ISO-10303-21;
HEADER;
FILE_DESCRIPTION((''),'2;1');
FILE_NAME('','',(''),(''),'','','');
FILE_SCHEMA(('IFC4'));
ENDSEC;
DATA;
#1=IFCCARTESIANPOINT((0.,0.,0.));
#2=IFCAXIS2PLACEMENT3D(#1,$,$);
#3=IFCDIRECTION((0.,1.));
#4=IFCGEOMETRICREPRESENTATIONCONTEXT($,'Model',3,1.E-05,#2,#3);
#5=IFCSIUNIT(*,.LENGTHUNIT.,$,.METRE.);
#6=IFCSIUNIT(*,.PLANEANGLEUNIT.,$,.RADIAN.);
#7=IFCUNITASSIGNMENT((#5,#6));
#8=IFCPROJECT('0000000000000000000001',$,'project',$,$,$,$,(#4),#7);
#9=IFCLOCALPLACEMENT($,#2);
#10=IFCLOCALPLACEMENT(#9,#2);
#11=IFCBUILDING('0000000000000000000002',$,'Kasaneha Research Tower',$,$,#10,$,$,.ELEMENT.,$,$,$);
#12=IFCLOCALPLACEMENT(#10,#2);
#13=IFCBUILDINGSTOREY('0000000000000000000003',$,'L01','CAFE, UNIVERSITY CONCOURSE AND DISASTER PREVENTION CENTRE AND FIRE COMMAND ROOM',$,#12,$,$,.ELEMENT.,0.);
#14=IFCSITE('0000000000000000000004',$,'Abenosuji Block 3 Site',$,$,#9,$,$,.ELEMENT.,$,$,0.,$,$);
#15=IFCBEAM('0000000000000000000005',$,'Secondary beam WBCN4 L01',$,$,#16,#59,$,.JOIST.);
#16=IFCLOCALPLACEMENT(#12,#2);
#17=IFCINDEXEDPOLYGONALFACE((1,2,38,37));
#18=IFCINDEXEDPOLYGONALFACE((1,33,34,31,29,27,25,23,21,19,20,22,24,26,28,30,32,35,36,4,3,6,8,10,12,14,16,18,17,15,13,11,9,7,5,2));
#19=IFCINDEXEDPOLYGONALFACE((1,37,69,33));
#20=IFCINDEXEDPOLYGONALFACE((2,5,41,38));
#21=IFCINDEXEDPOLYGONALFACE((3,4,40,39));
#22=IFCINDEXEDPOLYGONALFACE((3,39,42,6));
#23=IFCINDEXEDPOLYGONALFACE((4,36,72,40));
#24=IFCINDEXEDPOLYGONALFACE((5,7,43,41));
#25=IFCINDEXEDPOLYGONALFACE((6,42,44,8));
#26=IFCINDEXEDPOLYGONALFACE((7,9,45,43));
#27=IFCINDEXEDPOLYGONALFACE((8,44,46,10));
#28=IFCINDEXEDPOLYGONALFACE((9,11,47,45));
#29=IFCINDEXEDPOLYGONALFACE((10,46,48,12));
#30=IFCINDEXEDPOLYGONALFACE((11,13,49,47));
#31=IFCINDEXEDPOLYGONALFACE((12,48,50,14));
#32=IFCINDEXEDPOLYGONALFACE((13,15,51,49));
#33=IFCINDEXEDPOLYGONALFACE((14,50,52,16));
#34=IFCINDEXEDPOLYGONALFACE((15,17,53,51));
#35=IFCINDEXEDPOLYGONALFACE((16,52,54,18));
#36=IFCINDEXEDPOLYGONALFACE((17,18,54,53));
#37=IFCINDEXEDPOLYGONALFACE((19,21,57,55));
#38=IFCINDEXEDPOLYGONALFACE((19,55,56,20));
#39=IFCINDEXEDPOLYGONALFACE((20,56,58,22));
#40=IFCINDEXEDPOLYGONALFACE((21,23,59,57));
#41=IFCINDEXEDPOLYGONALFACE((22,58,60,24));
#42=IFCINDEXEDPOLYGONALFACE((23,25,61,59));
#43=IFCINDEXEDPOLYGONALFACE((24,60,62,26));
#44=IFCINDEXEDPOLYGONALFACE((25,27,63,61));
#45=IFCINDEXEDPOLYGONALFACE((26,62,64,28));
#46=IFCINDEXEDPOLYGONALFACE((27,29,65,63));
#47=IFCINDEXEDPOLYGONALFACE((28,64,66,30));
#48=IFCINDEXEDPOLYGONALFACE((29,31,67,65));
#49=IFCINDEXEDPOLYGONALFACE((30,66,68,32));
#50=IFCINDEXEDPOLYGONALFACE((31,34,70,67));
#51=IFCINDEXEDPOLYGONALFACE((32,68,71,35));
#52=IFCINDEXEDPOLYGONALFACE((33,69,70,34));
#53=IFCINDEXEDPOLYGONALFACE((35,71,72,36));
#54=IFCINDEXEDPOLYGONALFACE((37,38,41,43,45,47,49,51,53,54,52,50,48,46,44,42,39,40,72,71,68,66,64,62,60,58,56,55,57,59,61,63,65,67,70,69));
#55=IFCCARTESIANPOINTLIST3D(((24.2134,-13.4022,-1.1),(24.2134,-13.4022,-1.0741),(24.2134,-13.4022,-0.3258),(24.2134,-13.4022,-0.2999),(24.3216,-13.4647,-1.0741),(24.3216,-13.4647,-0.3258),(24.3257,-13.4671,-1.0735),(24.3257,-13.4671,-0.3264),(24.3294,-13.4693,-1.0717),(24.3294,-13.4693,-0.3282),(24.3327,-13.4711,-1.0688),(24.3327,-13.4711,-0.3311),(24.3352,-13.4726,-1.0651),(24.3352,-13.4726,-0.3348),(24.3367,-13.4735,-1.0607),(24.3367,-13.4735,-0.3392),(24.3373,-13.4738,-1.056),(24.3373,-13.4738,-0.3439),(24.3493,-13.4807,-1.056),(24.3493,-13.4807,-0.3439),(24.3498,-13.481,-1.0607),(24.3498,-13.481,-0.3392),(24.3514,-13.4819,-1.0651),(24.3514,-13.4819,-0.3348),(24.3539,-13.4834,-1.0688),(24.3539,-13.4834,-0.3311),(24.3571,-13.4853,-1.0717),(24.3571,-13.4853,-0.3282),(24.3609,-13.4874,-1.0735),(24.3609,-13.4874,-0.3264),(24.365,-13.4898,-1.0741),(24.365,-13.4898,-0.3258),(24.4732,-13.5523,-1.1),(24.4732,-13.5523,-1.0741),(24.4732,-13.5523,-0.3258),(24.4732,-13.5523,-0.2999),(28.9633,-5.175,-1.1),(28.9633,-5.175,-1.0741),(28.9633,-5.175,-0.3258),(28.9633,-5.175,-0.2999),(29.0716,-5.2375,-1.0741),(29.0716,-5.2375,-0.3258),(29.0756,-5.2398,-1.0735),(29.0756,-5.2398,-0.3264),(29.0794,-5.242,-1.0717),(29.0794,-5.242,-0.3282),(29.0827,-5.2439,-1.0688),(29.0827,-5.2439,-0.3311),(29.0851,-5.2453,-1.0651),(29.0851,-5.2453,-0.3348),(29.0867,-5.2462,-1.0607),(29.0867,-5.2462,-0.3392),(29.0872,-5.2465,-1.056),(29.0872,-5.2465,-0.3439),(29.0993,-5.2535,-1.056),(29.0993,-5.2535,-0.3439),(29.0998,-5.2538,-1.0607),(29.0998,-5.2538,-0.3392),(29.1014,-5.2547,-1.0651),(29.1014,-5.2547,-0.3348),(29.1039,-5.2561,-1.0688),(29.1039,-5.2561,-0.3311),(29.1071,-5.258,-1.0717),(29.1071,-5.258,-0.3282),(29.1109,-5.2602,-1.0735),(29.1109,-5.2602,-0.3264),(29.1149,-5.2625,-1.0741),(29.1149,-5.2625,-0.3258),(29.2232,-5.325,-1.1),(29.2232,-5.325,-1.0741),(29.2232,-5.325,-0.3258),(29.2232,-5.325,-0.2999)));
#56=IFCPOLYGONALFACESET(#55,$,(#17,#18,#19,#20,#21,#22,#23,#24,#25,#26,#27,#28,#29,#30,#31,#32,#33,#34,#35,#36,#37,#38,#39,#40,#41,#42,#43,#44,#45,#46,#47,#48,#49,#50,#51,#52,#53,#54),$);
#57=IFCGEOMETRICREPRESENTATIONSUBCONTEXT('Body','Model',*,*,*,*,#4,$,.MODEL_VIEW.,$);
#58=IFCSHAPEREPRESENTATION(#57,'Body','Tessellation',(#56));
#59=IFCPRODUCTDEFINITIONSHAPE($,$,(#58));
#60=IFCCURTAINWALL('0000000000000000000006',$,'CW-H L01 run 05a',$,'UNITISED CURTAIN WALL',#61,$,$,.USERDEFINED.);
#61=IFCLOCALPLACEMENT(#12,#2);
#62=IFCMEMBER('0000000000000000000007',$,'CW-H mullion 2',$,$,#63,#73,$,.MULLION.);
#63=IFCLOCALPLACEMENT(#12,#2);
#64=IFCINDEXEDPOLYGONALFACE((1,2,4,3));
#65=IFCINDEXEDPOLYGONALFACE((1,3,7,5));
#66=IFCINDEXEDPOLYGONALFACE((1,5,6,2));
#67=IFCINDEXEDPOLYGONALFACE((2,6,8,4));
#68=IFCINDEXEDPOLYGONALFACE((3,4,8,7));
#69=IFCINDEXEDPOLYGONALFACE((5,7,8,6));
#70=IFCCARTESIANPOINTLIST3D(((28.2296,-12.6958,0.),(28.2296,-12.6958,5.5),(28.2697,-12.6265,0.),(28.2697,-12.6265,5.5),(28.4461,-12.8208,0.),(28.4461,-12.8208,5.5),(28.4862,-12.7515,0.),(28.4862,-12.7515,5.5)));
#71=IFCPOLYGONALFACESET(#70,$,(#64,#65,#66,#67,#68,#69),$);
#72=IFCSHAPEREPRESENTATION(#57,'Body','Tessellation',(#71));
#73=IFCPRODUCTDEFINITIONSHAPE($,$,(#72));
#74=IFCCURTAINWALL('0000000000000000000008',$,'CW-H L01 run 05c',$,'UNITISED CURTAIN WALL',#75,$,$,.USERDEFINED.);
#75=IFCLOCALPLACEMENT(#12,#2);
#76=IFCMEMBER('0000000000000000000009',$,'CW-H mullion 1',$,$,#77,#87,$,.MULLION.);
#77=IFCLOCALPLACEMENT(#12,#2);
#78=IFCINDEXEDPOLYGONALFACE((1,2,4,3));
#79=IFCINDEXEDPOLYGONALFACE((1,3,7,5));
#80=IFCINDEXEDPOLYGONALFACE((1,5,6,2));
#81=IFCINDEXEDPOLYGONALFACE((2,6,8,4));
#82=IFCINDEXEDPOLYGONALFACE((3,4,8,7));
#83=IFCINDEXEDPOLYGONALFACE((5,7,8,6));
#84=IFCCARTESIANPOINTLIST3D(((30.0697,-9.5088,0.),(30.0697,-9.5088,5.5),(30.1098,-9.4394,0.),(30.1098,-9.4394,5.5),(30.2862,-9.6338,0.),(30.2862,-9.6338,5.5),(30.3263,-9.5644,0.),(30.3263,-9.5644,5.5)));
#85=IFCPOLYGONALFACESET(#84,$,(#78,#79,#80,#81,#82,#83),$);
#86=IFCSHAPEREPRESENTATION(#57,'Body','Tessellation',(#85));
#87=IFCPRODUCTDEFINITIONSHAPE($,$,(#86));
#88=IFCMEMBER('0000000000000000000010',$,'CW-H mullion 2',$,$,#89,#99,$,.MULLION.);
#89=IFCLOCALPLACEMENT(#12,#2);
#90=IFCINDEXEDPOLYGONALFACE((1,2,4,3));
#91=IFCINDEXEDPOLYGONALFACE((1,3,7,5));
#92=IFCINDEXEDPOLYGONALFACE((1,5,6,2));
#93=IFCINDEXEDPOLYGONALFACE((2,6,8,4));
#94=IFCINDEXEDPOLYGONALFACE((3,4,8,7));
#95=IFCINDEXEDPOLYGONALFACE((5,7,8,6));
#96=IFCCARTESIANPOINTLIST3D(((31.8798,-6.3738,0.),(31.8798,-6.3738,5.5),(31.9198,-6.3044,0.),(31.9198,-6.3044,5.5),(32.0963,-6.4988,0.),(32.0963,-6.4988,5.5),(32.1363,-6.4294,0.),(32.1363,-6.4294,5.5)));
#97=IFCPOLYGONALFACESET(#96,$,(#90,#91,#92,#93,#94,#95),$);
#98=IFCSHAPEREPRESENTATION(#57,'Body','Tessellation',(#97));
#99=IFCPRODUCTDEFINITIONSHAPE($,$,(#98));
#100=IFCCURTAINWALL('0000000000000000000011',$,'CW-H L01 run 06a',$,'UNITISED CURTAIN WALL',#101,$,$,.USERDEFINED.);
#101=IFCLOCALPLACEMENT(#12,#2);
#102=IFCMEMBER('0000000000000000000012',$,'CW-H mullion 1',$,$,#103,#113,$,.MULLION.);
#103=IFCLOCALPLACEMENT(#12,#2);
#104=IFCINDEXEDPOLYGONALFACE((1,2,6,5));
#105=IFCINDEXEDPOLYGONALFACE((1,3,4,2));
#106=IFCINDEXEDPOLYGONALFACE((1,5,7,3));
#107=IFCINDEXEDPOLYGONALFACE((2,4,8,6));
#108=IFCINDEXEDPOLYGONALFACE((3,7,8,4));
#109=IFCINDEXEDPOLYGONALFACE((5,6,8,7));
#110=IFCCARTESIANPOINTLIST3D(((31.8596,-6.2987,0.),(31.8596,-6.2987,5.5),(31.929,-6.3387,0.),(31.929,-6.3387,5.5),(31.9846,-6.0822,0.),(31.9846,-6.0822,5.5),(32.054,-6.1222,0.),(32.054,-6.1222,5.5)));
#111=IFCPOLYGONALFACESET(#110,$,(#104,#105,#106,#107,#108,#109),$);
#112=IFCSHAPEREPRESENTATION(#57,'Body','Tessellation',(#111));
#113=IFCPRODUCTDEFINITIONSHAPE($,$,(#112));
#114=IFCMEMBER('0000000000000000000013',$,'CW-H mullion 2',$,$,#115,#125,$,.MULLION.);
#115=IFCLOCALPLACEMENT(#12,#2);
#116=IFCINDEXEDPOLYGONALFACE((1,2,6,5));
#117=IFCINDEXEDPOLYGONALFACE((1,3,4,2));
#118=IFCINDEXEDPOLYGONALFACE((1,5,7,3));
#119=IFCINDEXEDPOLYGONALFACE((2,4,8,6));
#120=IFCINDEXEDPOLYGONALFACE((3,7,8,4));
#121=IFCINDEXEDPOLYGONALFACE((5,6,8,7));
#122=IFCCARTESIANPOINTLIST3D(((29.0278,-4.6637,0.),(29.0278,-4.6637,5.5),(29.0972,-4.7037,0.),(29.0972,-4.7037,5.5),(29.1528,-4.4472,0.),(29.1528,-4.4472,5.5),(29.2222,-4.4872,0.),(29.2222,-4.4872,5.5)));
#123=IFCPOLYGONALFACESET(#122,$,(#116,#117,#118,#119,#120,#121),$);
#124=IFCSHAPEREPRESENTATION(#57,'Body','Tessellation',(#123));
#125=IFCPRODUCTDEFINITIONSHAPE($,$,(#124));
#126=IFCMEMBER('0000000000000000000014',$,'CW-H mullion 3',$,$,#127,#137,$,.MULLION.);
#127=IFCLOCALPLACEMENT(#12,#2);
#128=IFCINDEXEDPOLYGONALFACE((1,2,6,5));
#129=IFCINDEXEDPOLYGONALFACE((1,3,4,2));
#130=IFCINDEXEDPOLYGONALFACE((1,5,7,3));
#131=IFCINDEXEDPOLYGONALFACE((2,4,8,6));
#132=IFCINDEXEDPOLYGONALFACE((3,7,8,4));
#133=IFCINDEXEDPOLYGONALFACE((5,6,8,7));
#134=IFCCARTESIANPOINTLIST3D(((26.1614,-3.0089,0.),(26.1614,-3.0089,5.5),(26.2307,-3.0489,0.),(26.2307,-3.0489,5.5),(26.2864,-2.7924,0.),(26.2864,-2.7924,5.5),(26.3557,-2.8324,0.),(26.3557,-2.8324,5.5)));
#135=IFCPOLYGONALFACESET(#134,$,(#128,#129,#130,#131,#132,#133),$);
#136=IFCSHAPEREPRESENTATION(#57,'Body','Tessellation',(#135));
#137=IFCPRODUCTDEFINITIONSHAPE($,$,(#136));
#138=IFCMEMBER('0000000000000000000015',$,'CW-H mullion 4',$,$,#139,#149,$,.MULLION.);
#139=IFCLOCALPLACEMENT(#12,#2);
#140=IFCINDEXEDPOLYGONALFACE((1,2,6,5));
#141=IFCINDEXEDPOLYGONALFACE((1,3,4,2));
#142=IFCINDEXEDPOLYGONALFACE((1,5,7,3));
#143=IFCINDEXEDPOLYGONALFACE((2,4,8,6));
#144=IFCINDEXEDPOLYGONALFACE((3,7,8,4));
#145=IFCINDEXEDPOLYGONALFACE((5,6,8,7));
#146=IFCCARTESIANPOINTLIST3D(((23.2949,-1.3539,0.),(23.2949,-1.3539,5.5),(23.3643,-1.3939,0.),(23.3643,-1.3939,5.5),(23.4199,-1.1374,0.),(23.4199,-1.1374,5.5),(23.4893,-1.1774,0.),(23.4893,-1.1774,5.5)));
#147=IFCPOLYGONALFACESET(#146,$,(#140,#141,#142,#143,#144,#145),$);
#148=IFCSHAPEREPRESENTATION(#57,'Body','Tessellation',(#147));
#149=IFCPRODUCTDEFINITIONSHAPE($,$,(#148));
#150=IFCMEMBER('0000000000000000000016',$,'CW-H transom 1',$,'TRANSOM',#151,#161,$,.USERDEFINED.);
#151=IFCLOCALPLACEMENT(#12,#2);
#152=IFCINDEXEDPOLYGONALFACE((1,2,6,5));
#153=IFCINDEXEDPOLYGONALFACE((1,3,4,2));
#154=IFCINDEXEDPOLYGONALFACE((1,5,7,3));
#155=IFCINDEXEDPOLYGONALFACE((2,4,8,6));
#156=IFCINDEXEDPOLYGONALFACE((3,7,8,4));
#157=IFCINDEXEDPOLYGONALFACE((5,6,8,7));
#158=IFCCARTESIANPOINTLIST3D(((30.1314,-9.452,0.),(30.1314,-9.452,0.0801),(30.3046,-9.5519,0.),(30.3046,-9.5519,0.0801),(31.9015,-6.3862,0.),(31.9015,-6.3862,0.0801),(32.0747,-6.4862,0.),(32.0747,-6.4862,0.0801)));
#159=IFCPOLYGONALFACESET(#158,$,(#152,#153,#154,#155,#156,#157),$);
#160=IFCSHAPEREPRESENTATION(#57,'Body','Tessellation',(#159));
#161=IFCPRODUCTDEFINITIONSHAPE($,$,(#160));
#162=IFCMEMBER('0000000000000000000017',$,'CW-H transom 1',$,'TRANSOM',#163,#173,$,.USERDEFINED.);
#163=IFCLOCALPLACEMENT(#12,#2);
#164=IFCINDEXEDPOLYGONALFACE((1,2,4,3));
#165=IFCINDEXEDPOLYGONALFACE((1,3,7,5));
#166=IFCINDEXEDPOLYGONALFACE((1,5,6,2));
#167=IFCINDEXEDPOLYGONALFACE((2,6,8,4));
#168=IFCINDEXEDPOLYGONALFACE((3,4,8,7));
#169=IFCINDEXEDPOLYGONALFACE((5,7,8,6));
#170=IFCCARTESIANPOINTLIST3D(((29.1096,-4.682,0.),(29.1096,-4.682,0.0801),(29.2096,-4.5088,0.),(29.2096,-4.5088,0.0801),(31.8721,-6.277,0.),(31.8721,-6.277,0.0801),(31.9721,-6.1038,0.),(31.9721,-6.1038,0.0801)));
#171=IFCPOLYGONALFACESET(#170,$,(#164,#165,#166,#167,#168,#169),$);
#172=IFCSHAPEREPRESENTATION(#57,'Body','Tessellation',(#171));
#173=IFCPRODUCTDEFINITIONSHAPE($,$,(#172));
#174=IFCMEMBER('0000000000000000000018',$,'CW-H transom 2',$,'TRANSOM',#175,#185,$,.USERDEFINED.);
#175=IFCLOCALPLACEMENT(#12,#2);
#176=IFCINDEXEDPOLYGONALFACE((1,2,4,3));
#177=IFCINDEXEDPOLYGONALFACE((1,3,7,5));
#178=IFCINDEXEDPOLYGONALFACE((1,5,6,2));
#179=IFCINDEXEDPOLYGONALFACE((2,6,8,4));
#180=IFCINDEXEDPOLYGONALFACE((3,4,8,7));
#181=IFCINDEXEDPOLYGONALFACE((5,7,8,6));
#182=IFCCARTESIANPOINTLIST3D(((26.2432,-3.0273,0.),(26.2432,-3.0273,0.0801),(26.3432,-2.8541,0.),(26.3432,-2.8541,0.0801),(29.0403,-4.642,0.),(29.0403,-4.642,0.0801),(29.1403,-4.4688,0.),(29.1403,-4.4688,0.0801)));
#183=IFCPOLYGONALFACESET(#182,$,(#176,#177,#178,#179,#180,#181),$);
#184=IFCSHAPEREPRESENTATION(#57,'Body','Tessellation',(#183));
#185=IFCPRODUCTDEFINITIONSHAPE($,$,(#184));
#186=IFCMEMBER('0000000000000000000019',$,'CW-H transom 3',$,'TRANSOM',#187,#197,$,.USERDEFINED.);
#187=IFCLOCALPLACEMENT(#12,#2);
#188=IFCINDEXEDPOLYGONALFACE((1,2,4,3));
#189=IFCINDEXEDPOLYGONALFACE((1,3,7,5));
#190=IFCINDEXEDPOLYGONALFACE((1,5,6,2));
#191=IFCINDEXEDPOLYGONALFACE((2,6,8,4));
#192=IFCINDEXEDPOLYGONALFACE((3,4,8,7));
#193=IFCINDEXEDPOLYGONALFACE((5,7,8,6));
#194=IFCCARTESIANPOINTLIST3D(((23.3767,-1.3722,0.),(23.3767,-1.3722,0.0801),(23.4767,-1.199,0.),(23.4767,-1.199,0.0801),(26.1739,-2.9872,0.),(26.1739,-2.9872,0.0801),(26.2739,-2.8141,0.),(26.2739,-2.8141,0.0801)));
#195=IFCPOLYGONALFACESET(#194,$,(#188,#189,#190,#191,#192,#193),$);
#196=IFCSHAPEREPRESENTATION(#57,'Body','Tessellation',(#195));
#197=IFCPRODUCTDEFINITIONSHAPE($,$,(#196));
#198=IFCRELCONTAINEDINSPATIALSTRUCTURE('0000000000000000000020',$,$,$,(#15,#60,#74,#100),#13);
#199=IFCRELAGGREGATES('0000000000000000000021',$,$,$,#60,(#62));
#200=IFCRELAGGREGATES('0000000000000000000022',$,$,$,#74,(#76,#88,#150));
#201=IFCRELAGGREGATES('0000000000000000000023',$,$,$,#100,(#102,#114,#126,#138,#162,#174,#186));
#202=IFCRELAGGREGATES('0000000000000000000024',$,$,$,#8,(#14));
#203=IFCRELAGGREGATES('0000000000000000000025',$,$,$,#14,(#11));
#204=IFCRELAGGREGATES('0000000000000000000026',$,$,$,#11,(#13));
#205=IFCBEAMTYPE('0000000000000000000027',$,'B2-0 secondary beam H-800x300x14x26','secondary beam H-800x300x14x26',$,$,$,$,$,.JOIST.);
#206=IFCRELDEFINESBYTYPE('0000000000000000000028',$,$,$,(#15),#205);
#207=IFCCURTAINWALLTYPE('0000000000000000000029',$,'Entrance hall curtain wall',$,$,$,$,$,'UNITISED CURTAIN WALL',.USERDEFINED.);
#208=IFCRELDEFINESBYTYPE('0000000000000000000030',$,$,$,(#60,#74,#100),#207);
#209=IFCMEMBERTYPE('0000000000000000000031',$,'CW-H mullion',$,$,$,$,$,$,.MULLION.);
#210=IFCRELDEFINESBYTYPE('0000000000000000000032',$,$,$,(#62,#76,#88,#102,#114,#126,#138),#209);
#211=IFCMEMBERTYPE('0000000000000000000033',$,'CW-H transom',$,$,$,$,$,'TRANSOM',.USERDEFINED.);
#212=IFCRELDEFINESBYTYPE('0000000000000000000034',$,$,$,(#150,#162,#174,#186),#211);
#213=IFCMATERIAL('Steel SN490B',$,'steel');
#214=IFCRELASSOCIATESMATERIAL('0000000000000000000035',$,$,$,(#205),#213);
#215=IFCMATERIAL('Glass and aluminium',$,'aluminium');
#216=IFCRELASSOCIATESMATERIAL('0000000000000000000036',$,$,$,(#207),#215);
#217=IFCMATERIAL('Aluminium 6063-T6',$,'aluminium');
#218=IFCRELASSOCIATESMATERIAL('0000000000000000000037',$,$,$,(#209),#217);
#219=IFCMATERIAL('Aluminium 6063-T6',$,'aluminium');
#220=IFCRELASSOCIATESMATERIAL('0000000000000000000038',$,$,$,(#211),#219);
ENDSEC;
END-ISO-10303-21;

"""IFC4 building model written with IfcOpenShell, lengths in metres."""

from ifc_helpers import new_model, si_unit, direction, frame, origin, origin_2d, place, context, subcontext, project, spatial, rectangle, i_section, extrude, material, material_profile, profile_set, type_object, element, aggregate, save


model = new_model("IFC4")

# Units and contexts
model_context = context("Model", 3, precision=1e-05, world=origin(), true_north=direction((0.0, 1.0)))
body_context = subcontext(model_context, "Body", "Model", "MODEL_VIEW")
ifc_project = project(units=[si_unit("LENGTHUNIT", "METRE"), si_unit("PLANEANGLEUNIT", "RADIAN")], contexts=[model_context])

# Site, building, storey
site_placement = place(None, origin())
site = spatial("IfcSite", under=ifc_project, at=site_placement, Name="Abenosuji Block 3 Site", CompositionType="ELEMENT", RefElevation=0.0)
building_placement = place(site_placement, origin())
building = spatial("IfcBuilding", under=site, at=building_placement, Name="Kasaneha Research Tower", CompositionType="ELEMENT")
storey_placement = place(building_placement, origin())
storey = spatial("IfcBuildingStorey", under=building, at=storey_placement, Name="L01", Description="CAFE, UNIVERSITY CONCOURSE AND DISASTER PREVENTION CENTRE AND FIRE COMMAND ROOM", CompositionType="ELEMENT", Elevation=0.0)

# Beam
ifc_material_1 = material(Name="Steel SN490B", Category="steel")
ifc_material_profile_1 = material_profile(ifc_material_1, i_section(OverallWidth=0.3, OverallDepth=0.8, WebThickness=0.0139, FlangeThickness=0.0259, FilletRadius=0.0181, at=origin_2d()), Name="H-800x300x14x26")
ifc_profile_set_1 = profile_set([ifc_material_profile_1], Name="Steel SN490B")
beam_type_1 = type_object("IfcBeamType", Name="B2-0 secondary beam H-800x300x14x26", Description="secondary beam H-800x300x14x26", PredefinedType="JOIST", material=ifc_profile_set_1)
for number, where, z_axis, x_axis, name in (
    (1, (29.0933, -5.25, -0.7), (-0.499998, -0.866027, 0.0), (0.866027, -0.499998, 0.0), "Secondary beam WBCN4 L01"),
):
    element("IfcBeam", number, at=place(storey_placement, frame(where, z_axis=z_axis, x_axis=x_axis)), inside=storey, type_object=beam_type_1, Name=name, PredefinedType="JOIST", context=body_context, shape_type="SweptSolid", body=[
        extrude(i_section(OverallWidth=0.3, OverallDepth=0.8, WebThickness=0.0139, FlangeThickness=0.0259, FilletRadius=0.0181, at=origin_2d()), origin(), (0.0, 0.0, 1.0), 9.5),
    ])

# Curtain wall, member
ifc_material_2 = material(Name="Glass and aluminium", Category="aluminium")
curtain_wall_type = type_object("IfcCurtainWallType", Name="Entrance hall curtain wall", ElementType="UNITISED CURTAIN WALL", PredefinedType="USERDEFINED", material=ifc_material_2)
curtain_wall_1_placement = place(storey_placement, origin())
curtain_wall_1 = element("IfcCurtainWall", 2, at=curtain_wall_1_placement, inside=storey, type_object=curtain_wall_type, Name="CW-H L01 run 05a", ObjectType="UNITISED CURTAIN WALL", PredefinedType="USERDEFINED")
ifc_material_3 = material(Name="Aluminium 6063-T6", Category="aluminium")
ifc_material_profile_2 = material_profile(ifc_material_3, rectangle(XDim=0.0801, YDim=0.25, at=origin_2d()), Name="CW-H mullion 80x250")
ifc_profile_set_2 = profile_set([ifc_material_profile_2], Name="Aluminium 6063-T6")
member_type_1 = type_object("IfcMemberType", Name="CW-H mullion", PredefinedType="MULLION", material=ifc_profile_set_2)
member_1_placement = place(storey_placement, frame((28.3579, -12.7236, 0.0), z_axis=(0.0, 0.0, 1.0), x_axis=(0.5, 0.866025, 0.0)))
member_1 = element("IfcMember", 3, at=member_1_placement, type_object=member_type_1, Name="CW-H mullion 2", PredefinedType="MULLION", context=body_context, shape_type="SweptSolid", body=[
    extrude(rectangle(XDim=0.0801, YDim=0.25, at=origin_2d()), origin(), (0.0, 0.0, 1.0), 5.5),
])
aggregate(curtain_wall_1, [member_1])

# Curtain walls, members
curtain_wall_2_placement = place(storey_placement, origin())
curtain_wall_2 = element("IfcCurtainWall", 4, at=curtain_wall_2_placement, inside=storey, type_object=curtain_wall_type, Name="CW-H L01 run 05c", ObjectType="UNITISED CURTAIN WALL", PredefinedType="USERDEFINED")
member_2_placement = place(storey_placement, frame((30.198, -9.5366, 0.0), z_axis=(0.0, 0.0, 1.0), x_axis=(0.5, 0.866025, 0.0)))
member_2 = element("IfcMember", 5, at=member_2_placement, type_object=member_type_1, Name="CW-H mullion 1", PredefinedType="MULLION", context=body_context, shape_type="SweptSolid", body=[
    extrude(rectangle(XDim=0.0801, YDim=0.25, at=origin_2d()), origin(), (0.0, 0.0, 1.0), 5.5),
])
member_3_placement = place(storey_placement, frame((32.0081, -6.4016, 0.0), z_axis=(0.0, 0.0, 1.0), x_axis=(0.5, 0.866025, 0.0)))
member_3 = element("IfcMember", 6, at=member_3_placement, type_object=member_type_1, Name="CW-H mullion 2", PredefinedType="MULLION", context=body_context, shape_type="SweptSolid", body=[
    extrude(rectangle(XDim=0.0801, YDim=0.25, at=origin_2d()), origin(), (0.0, 0.0, 1.0), 5.5),
])
curtain_wall_3_placement = place(storey_placement, origin())
curtain_wall_3 = element("IfcCurtainWall", 7, at=curtain_wall_3_placement, inside=storey, type_object=curtain_wall_type, Name="CW-H L01 run 06a", ObjectType="UNITISED CURTAIN WALL", PredefinedType="USERDEFINED")
member_4_placement = place(storey_placement, frame((31.9568, -6.2104, 0.0), z_axis=(0.0, 0.0, 1.0), x_axis=(-0.866025, 0.5, 0.0)))
member_4 = element("IfcMember", 8, at=member_4_placement, type_object=member_type_1, Name="CW-H mullion 1", PredefinedType="MULLION", context=body_context, shape_type="SweptSolid", body=[
    extrude(rectangle(XDim=0.0801, YDim=0.25, at=origin_2d()), origin(), (0.0, 0.0, 1.0), 5.5),
])
member_5_placement = place(storey_placement, frame((29.125, -4.5754, 0.0), z_axis=(0.0, 0.0, 1.0), x_axis=(-0.866025, 0.5, 0.0)))
member_5 = element("IfcMember", 9, at=member_5_placement, type_object=member_type_1, Name="CW-H mullion 2", PredefinedType="MULLION", context=body_context, shape_type="SweptSolid", body=[
    extrude(rectangle(XDim=0.0801, YDim=0.25, at=origin_2d()), origin(), (0.0, 0.0, 1.0), 5.5),
])
member_6_placement = place(storey_placement, frame((26.2585, -2.9207, 0.0), z_axis=(0.0, 0.0, 1.0), x_axis=(-0.866025, 0.5, 0.0)))
member_6 = element("IfcMember", 10, at=member_6_placement, type_object=member_type_1, Name="CW-H mullion 3", PredefinedType="MULLION", context=body_context, shape_type="SweptSolid", body=[
    extrude(rectangle(XDim=0.0801, YDim=0.25, at=origin_2d()), origin(), (0.0, 0.0, 1.0), 5.5),
])
member_7_placement = place(storey_placement, frame((23.3921, -1.2656, 0.0), z_axis=(0.0, 0.0, 1.0), x_axis=(-0.866025, 0.5, 0.0)))
member_7 = element("IfcMember", 11, at=member_7_placement, type_object=member_type_1, Name="CW-H mullion 4", PredefinedType="MULLION", context=body_context, shape_type="SweptSolid", body=[
    extrude(rectangle(XDim=0.0801, YDim=0.25, at=origin_2d()), origin(), (0.0, 0.0, 1.0), 5.5),
])

# Members
ifc_material_4 = material(Name="Aluminium 6063-T6", Category="aluminium")
ifc_material_profile_3 = material_profile(ifc_material_4, rectangle(XDim=0.2, YDim=0.0801, at=origin_2d()), Name="CW-H transom 200x80")
ifc_profile_set_3 = profile_set([ifc_material_profile_3], Name="Aluminium 6063-T6")
member_type_2 = type_object("IfcMemberType", Name="CW-H transom", ElementType="TRANSOM", PredefinedType="USERDEFINED", material=ifc_profile_set_3)
member_8_placement = place(storey_placement, frame((30.218, -9.502, 0.04), z_axis=(0.500011, 0.866019, 0.0), x_axis=(-0.866019, 0.500011, 0.0)))
member_8 = element("IfcMember", 12, at=member_8_placement, type_object=member_type_2, Name="CW-H transom 1", ObjectType="TRANSOM", PredefinedType="USERDEFINED", context=body_context, shape_type="SweptSolid", body=[
    extrude(rectangle(XDim=0.2, YDim=0.0801, at=origin_2d()), origin(), (0.0, 0.0, 1.0), 3.54),
])
member_9_placement = place(storey_placement, frame((31.9221, -6.1904, 0.04), z_axis=(-0.866016, 0.500016, 0.0), x_axis=(-0.500016, -0.866016, 0.0)))
member_9 = element("IfcMember", 13, at=member_9_placement, type_object=member_type_2, Name="CW-H transom 1", ObjectType="TRANSOM", PredefinedType="USERDEFINED", context=body_context, shape_type="SweptSolid", body=[
    extrude(rectangle(XDim=0.2, YDim=0.0801, at=origin_2d()), origin(), (0.0, 0.0, 1.0), 3.1899),
])
member_10_placement = place(storey_placement, frame((29.0903, -4.5554, 0.04), z_axis=(-0.866048, 0.49996, 0.0), x_axis=(-0.49996, -0.866048, 0.0)))
member_10 = element("IfcMember", 14, at=member_10_placement, type_object=member_type_2, Name="CW-H transom 2", ObjectType="TRANSOM", PredefinedType="USERDEFINED", context=body_context, shape_type="SweptSolid", body=[
    extrude(rectangle(XDim=0.2, YDim=0.0801, at=origin_2d()), origin(), (0.0, 0.0, 1.0), 3.2297),
])
member_11_placement = place(storey_placement, frame((26.2239, -2.9006, 0.04), z_axis=(-0.866016, 0.500017, 0.0), x_axis=(-0.500017, -0.866016, 0.0)))
member_11 = element("IfcMember", 15, at=member_11_placement, type_object=member_type_2, Name="CW-H transom 3", ObjectType="TRANSOM", PredefinedType="USERDEFINED", context=body_context, shape_type="SweptSolid", body=[
    extrude(rectangle(XDim=0.2, YDim=0.0801, at=origin_2d()), origin(), (0.0, 0.0, 1.0), 3.23),
])

aggregate(curtain_wall_2, [member_2, member_3, member_8])
aggregate(curtain_wall_3, [member_4, member_5, member_6, member_7, member_9, member_10, member_11])

save(model, "model.ifc")
